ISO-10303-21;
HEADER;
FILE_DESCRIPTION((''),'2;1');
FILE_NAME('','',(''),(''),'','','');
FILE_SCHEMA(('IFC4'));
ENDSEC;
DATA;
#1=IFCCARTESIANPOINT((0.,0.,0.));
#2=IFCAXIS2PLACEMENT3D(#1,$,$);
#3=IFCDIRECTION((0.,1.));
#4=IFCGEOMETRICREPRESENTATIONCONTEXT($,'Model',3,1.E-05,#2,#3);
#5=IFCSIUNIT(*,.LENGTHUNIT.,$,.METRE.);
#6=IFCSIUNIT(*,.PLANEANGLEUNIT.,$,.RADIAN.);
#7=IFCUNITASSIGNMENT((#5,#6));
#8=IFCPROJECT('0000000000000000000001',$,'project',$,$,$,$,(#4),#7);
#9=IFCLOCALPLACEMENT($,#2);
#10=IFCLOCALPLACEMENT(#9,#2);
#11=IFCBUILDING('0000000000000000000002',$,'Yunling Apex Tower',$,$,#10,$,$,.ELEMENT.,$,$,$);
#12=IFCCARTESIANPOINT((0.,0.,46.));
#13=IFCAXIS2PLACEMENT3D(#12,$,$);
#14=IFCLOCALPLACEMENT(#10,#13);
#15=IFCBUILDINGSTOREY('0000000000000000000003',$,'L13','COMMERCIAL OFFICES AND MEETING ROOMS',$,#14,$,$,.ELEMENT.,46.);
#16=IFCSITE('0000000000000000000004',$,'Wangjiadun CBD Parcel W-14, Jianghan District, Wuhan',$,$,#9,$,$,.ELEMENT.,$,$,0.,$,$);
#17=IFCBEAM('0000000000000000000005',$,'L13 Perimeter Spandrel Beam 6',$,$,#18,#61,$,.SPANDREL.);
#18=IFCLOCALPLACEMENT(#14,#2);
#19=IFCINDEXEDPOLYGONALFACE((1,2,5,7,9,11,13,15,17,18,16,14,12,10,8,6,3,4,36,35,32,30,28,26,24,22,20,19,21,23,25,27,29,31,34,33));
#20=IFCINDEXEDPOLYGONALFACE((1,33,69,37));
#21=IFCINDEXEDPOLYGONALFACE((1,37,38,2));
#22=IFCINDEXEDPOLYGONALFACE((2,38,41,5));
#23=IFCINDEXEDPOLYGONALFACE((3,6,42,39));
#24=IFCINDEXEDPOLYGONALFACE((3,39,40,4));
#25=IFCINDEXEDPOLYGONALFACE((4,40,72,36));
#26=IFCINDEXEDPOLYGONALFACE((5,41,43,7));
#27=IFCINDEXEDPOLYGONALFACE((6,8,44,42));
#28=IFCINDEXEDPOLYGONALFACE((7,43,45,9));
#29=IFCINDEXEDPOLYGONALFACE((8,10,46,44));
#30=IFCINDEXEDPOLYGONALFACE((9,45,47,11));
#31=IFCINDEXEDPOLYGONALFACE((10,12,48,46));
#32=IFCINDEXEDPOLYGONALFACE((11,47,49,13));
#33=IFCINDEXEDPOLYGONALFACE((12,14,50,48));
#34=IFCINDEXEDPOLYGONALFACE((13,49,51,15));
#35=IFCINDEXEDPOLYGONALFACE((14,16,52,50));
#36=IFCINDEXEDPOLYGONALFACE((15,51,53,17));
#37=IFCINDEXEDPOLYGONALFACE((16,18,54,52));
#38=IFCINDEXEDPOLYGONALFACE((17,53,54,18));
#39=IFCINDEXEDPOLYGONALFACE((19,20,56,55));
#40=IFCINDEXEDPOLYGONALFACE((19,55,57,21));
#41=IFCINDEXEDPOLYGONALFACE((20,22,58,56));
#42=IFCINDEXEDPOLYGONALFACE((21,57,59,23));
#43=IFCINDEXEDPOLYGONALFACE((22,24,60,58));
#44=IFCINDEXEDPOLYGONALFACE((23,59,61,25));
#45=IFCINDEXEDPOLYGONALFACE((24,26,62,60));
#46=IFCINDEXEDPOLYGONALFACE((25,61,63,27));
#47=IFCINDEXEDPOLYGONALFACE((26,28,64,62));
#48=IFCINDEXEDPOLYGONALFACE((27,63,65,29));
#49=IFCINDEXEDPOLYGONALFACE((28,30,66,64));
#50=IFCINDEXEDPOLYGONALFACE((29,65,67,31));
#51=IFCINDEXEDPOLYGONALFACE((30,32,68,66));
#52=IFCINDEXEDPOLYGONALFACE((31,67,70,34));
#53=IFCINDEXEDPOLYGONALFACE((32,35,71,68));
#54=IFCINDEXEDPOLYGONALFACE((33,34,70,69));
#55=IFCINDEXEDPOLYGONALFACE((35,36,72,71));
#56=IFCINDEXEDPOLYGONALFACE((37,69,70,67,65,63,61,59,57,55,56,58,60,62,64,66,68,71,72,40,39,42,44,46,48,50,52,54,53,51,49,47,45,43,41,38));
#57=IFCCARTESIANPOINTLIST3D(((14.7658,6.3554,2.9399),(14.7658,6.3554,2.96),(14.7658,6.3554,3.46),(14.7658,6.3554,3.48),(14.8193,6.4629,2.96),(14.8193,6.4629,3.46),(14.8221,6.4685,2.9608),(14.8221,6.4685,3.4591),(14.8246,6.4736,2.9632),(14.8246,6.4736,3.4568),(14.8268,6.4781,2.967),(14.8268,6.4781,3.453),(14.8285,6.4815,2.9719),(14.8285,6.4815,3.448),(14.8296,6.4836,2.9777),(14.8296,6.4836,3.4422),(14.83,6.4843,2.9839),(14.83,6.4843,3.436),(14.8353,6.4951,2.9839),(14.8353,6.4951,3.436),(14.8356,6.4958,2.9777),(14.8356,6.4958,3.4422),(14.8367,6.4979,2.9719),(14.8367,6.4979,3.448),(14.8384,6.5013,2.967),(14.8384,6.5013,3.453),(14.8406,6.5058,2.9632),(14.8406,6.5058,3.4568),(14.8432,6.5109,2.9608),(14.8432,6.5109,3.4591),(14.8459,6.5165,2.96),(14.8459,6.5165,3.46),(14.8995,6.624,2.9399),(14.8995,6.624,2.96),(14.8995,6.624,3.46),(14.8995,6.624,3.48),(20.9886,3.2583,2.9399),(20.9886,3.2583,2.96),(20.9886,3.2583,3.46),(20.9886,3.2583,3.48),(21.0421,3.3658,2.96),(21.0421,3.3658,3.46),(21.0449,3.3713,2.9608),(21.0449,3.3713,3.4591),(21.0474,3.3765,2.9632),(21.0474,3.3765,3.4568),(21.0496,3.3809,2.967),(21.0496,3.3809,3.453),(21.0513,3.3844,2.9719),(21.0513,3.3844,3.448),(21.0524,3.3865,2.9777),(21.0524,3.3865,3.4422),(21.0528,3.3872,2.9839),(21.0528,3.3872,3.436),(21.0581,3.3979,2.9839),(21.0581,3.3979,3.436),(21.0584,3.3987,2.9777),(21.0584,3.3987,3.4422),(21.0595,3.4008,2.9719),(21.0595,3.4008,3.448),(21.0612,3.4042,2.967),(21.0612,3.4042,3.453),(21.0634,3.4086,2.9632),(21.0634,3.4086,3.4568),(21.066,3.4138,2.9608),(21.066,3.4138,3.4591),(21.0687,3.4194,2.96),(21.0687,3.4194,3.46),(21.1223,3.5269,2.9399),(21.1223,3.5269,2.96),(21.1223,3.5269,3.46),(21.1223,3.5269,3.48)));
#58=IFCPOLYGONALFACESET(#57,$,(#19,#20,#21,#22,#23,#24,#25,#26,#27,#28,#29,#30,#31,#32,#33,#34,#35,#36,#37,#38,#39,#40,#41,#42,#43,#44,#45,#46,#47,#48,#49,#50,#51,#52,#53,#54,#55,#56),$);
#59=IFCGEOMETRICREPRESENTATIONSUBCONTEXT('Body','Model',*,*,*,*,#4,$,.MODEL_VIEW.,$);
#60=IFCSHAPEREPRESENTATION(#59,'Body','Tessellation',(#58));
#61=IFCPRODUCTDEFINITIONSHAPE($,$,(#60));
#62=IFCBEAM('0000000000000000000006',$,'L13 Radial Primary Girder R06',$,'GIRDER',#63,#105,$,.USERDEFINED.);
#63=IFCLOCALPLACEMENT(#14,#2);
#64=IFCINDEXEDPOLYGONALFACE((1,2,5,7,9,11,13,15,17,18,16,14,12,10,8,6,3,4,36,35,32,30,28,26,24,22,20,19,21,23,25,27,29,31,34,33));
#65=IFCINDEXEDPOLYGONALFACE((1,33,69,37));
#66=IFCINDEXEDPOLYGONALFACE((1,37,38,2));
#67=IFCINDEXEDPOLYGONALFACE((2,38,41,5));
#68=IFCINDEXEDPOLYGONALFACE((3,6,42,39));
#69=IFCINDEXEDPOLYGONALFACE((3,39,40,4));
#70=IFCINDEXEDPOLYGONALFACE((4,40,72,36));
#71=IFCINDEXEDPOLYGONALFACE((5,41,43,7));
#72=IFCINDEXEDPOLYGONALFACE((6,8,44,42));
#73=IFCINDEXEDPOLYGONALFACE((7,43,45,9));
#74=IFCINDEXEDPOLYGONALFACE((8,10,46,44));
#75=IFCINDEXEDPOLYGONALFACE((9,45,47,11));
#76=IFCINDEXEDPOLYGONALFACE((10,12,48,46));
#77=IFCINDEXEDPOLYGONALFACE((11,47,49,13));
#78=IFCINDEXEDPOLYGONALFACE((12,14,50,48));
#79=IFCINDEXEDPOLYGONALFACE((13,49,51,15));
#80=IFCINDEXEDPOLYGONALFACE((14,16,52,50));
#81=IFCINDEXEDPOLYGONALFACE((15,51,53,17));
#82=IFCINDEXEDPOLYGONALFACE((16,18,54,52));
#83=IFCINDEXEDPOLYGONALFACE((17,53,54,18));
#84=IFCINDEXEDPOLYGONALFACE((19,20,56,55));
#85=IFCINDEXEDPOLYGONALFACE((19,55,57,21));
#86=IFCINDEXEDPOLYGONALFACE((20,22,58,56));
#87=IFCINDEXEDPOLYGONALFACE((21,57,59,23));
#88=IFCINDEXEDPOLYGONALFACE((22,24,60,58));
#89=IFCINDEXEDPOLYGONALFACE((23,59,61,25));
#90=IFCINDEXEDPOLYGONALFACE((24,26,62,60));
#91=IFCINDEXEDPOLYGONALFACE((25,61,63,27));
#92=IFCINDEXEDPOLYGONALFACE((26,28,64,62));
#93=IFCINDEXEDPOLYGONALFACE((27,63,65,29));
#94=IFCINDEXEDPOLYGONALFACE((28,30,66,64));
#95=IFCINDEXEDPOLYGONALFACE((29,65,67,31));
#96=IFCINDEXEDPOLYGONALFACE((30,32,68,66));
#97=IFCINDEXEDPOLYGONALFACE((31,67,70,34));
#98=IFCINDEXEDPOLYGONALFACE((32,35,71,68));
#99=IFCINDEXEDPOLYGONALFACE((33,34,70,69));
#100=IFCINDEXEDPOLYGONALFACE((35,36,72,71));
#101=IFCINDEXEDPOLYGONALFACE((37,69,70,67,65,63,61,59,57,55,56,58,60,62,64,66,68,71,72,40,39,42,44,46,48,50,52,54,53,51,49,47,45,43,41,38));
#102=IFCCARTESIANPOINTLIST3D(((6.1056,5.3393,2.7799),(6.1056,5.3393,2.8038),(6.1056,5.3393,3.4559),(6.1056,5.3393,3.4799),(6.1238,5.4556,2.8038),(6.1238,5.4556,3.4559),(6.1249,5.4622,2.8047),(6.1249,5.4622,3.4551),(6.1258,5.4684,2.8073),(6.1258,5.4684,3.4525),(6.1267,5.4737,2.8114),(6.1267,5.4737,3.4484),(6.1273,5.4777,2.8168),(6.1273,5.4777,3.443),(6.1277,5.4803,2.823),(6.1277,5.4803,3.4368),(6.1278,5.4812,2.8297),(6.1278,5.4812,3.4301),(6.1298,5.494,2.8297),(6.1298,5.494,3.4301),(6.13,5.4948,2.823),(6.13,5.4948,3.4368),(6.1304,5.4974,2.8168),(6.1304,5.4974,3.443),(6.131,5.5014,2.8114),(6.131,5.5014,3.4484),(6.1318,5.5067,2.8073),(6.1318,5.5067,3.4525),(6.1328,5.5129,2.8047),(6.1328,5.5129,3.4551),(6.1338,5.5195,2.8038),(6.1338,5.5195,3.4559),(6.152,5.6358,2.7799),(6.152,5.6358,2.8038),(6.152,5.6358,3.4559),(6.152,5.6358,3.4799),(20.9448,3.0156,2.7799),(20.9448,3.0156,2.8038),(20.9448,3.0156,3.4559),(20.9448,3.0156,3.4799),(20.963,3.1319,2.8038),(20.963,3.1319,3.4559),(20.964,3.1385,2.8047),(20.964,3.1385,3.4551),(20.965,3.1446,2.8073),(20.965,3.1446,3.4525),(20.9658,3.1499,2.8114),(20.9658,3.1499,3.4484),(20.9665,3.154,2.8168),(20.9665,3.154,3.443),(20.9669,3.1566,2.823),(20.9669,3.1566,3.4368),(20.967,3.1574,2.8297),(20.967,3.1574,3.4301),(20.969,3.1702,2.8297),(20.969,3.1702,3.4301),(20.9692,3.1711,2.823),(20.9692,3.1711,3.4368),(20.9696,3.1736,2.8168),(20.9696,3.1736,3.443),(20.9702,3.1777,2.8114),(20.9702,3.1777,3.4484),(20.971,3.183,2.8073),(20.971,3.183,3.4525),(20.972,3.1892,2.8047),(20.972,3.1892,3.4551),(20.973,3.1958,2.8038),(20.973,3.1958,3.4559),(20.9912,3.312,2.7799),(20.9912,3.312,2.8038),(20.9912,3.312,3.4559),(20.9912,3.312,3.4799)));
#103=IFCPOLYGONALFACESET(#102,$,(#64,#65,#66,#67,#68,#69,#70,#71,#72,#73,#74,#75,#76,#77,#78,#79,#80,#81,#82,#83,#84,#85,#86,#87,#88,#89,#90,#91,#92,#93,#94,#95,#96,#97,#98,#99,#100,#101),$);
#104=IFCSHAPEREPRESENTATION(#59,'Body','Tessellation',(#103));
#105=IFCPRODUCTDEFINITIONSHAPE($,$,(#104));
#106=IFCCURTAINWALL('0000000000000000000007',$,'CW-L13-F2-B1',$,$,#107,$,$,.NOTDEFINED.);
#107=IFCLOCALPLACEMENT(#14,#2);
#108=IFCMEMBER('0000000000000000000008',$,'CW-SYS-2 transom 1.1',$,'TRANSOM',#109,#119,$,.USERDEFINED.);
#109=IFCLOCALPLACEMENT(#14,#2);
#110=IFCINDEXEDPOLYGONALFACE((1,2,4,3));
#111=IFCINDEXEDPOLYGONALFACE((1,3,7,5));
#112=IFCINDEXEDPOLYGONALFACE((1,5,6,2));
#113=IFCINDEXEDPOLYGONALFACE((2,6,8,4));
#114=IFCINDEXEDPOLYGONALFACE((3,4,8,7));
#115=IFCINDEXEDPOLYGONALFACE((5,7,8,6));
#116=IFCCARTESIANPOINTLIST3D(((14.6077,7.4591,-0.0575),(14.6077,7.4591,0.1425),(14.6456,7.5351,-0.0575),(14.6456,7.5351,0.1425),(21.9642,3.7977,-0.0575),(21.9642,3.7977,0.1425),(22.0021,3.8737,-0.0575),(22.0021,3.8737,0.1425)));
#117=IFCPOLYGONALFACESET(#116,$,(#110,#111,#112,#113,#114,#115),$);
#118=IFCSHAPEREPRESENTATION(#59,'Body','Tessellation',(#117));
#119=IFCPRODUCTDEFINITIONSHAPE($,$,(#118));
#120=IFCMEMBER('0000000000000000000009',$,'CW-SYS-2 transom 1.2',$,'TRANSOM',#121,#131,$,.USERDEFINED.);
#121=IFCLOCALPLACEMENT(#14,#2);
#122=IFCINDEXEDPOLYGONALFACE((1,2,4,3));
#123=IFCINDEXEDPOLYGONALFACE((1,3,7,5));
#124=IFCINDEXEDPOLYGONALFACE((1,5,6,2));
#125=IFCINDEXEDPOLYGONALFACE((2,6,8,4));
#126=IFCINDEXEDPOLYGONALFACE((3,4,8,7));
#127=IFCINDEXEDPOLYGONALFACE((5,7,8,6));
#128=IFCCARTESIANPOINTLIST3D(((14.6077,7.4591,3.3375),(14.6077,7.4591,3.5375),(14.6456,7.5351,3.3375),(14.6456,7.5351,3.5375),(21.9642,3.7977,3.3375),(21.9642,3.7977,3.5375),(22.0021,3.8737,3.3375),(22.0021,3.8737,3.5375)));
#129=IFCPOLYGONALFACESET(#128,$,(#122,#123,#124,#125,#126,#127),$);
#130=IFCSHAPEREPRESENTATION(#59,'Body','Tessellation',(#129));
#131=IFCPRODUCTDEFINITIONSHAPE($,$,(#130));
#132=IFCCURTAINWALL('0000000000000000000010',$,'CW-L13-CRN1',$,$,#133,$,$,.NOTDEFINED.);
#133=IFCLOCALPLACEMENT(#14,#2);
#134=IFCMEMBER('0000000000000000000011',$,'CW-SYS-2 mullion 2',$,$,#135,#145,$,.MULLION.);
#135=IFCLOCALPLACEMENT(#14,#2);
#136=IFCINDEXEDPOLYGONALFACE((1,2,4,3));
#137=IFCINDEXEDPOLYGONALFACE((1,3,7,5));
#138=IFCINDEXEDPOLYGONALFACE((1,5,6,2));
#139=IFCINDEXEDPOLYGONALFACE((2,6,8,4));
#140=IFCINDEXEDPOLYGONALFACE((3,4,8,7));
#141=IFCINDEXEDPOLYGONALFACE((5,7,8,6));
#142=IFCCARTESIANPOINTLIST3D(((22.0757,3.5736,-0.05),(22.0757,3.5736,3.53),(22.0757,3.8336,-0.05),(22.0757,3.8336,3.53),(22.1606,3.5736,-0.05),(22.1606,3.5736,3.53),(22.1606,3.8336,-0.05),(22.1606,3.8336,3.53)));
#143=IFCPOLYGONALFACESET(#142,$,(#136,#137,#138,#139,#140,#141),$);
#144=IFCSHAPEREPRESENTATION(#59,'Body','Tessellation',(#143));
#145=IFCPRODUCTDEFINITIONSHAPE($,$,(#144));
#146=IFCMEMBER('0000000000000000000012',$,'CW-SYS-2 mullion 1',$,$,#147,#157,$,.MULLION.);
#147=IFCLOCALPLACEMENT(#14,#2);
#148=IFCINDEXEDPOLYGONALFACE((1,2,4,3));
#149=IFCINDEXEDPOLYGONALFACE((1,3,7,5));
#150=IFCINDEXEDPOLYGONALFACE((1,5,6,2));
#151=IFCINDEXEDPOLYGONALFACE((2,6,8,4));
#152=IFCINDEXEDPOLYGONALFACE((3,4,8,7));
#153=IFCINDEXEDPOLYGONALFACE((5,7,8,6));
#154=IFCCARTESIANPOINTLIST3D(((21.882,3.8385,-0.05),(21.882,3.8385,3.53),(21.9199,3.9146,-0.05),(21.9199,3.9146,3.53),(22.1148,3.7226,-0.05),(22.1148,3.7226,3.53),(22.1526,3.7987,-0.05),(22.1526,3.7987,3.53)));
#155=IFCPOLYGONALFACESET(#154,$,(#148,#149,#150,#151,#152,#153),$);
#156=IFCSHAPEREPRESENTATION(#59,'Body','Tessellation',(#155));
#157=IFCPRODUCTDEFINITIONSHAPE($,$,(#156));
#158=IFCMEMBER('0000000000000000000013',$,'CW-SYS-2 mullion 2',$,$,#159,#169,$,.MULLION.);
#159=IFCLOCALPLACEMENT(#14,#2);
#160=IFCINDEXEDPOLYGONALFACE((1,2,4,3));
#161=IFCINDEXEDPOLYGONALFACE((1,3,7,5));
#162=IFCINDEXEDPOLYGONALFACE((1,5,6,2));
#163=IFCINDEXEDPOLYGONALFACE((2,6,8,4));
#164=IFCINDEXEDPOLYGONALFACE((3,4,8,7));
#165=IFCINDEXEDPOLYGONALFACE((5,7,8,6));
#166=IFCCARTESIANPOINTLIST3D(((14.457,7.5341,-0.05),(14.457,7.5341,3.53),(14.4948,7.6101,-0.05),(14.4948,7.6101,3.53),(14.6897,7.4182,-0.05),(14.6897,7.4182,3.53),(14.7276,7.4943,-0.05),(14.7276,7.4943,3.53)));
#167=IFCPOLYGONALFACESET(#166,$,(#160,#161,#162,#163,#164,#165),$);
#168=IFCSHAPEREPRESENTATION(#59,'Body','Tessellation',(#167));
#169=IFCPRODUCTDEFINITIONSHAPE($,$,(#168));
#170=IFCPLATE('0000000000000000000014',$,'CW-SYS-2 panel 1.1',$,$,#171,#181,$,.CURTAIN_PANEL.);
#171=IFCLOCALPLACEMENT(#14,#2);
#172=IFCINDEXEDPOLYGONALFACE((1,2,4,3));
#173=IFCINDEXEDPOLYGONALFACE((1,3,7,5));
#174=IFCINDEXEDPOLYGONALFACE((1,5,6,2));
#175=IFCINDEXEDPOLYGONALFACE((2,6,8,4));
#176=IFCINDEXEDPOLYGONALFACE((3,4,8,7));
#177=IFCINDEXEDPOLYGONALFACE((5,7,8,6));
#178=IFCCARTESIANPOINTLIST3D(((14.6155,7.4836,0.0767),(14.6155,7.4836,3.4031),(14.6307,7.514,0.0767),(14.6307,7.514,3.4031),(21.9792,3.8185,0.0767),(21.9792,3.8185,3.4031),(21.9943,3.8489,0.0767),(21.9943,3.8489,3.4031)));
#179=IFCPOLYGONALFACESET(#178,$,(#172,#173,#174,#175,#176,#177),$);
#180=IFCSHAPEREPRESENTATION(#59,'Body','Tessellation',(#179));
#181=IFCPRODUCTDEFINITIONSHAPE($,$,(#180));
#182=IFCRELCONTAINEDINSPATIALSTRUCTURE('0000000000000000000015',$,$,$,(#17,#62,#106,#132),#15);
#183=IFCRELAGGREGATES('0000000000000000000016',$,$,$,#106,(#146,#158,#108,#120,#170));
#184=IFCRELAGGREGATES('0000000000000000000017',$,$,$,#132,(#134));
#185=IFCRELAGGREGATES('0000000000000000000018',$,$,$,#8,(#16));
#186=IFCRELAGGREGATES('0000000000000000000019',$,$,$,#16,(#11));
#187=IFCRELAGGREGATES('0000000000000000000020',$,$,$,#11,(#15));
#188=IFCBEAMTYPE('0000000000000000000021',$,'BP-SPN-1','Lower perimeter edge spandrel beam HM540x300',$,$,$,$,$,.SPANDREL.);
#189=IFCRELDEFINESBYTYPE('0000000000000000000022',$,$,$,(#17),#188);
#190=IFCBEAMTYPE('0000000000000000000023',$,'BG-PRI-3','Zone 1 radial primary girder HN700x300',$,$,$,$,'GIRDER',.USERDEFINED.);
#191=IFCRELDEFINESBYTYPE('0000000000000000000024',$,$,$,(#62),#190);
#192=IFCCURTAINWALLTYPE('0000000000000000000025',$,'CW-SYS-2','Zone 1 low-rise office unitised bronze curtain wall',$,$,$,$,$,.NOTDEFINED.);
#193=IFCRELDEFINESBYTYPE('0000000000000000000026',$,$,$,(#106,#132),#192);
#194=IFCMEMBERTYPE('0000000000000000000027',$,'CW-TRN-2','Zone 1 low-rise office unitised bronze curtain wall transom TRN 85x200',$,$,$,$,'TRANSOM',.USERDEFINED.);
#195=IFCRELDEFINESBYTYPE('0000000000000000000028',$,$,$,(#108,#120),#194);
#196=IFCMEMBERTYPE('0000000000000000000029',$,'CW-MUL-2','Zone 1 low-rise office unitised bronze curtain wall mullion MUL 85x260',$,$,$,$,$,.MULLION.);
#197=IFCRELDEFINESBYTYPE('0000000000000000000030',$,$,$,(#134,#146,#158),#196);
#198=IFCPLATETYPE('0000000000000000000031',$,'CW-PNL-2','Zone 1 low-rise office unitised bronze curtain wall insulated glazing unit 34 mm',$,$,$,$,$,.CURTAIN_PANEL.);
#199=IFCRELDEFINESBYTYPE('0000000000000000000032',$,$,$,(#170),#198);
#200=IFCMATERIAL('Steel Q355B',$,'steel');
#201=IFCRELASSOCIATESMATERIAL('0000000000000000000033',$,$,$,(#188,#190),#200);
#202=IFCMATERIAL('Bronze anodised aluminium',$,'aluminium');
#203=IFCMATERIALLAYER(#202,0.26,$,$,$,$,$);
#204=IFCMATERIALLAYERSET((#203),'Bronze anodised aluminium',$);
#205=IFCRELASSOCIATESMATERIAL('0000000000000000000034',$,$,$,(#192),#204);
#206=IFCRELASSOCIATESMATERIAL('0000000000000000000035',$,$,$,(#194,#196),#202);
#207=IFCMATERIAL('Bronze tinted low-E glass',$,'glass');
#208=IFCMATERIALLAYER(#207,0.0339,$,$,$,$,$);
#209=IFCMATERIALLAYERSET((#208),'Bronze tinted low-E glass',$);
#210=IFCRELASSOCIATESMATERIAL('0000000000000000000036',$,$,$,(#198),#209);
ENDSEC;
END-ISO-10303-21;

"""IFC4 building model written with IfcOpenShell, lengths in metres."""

from ifc_helpers import new_model, si_unit, direction, frame, origin, origin_2d, place, context, subcontext, project, spatial, rectangle, i_section, extrude, source, transform, mapped, material, layer, layer_set, material_profile, profile_set, type_object, element, aggregate, save


model = new_model("IFC4")

# Units and contexts
model_context = context("Model", 3, precision=1e-05, world=origin(), true_north=direction((0.0, 1.0)))
body_context = subcontext(model_context, "Body", "Model", "MODEL_VIEW")
ifc_project = project(units=[si_unit("LENGTHUNIT", "METRE"), si_unit("PLANEANGLEUNIT", "RADIAN")], contexts=[model_context])

# Site, building, storey
site_placement = place(None, origin())
site = spatial("IfcSite", under=ifc_project, at=site_placement, Name="Wangjiadun CBD Parcel W-14, Jianghan District, Wuhan", CompositionType="ELEMENT", RefElevation=0.0)
building_placement = place(site_placement, origin())
building = spatial("IfcBuilding", under=site, at=building_placement, Name="Yunling Apex Tower", CompositionType="ELEMENT")
storey_placement = place(building_placement, frame((0.0, 0.0, 46.0)))
storey = spatial("IfcBuildingStorey", under=building, at=storey_placement, Name="L13", Description="COMMERCIAL OFFICES AND MEETING ROOMS", CompositionType="ELEMENT", Elevation=46.0)

# Beams
ifc_material_1 = material(Name="Steel Q355B", Category="steel")
ifc_material_profile_1 = material_profile(ifc_material_1, i_section(OverallWidth=0.3, OverallDepth=0.54, WebThickness=0.012, FlangeThickness=0.02, FilletRadius=0.0239, at=origin_2d()))
ifc_profile_set_1 = profile_set([ifc_material_profile_1], Name="Steel Q355B")
beam_type_1 = type_object("IfcBeamType", Name="BP-SPN-1", Description="Lower perimeter edge spandrel beam HM540x300", PredefinedType="SPANDREL", material=ifc_profile_set_1)
shared_shape_1 = source(origin(), body_context, "Body", "SweptSolid", [
    extrude(i_section(OverallWidth=0.3, OverallDepth=0.54, WebThickness=0.012, FlangeThickness=0.02, FilletRadius=0.0239, at=origin_2d()), origin(), (0.0, 0.0, 1.0), 6.9509),
])
beam_1_placement = place(storey_placement, frame((21.0554, 3.3926, 3.21), z_axis=(-0.895248, 0.445569, 0.0), x_axis=(-0.445569, -0.895248, 0.0)))
element("IfcBeam", 1, at=beam_1_placement, inside=storey, type_object=beam_type_1, Name="L13 Perimeter Spandrel Beam 6", PredefinedType="SPANDREL", context=body_context, shape_type="MappedRepresentation", body=[
    mapped(shared_shape_1, transform((0.0, 0.0, 0.0), scale=1.0)),
])
ifc_material_profile_2 = material_profile(ifc_material_1, i_section(OverallWidth=0.3, OverallDepth=0.7, WebThickness=0.0129, FlangeThickness=0.0239, FilletRadius=0.0259, at=origin_2d()))
ifc_profile_set_2 = profile_set([ifc_material_profile_2], Name="Steel Q355B")
beam_type_2 = type_object("IfcBeamType", Name="BG-PRI-3", Description="Zone 1 radial primary girder HN700x300", ElementType="GIRDER", PredefinedType="USERDEFINED", material=ifc_profile_set_2)
shared_shape_2 = source(origin(), body_context, "Body", "SweptSolid", [
    extrude(i_section(OverallWidth=0.3, OverallDepth=0.7, WebThickness=0.0129, FlangeThickness=0.0239, FilletRadius=0.0259, at=origin_2d()), origin(), (0.0, 0.0, 1.0), 15.02),
])
beam_2_placement = place(storey_placement, frame((20.968, 3.1638, 3.1299), z_axis=(-0.98796, 0.15471, 0.0), x_axis=(-0.15471, -0.98796, 0.0)))
element("IfcBeam", 2, at=beam_2_placement, inside=storey, type_object=beam_type_2, Name="L13 Radial Primary Girder R06", ObjectType="GIRDER", PredefinedType="USERDEFINED", context=body_context, shape_type="MappedRepresentation", body=[
    mapped(shared_shape_2, transform((0.0, 0.0, 0.0), scale=1.0)),
])

# Curtain wall, members
ifc_material_2 = material(Name="Bronze anodised aluminium", Category="aluminium")
ifc_layer_1 = layer(ifc_material_2, 0.26)
ifc_layer_set_1 = layer_set([ifc_layer_1], Name="Bronze anodised aluminium")
curtain_wall_type = type_object("IfcCurtainWallType", Name="CW-SYS-2", Description="Zone 1 low-rise office unitised bronze curtain wall", PredefinedType="NOTDEFINED", material=ifc_layer_set_1)
curtain_wall_1_placement = place(storey_placement, origin())
curtain_wall_1 = element("IfcCurtainWall", 3, at=curtain_wall_1_placement, inside=storey, type_object=curtain_wall_type, Name="CW-L13-F2-B1", PredefinedType="NOTDEFINED")
ifc_material_profile_3 = material_profile(ifc_material_2, rectangle(XDim=0.085, YDim=0.2, at=origin_2d()))
ifc_profile_set_3 = profile_set([ifc_material_profile_3], Name="Bronze anodised aluminium")
member_type_1 = type_object("IfcMemberType", Name="CW-TRN-2", Description="Zone 1 low-rise office unitised bronze curtain wall transom TRN 85x200", ElementType="TRANSOM", PredefinedType="USERDEFINED", material=ifc_profile_set_3)
shared_shape_3 = source(origin(), body_context, "Body", "SweptSolid", [
    extrude(rectangle(XDim=0.085, YDim=0.2, at=origin_2d()), origin(), (0.0, 0.0, 1.0), 8.2173),
])
member_1_placement = place(storey_placement, frame((21.9832, 3.8357, 0.0425), z_axis=(-0.895246, 0.445573, 0.0), x_axis=(-0.445573, -0.895246, 0.0)))
member_1 = element("IfcMember", 4, at=member_1_placement, type_object=member_type_1, Name="CW-SYS-2 transom 1.1", ObjectType="TRANSOM", PredefinedType="USERDEFINED", context=body_context, shape_type="MappedRepresentation", body=[
    mapped(shared_shape_3, transform((0.0, 0.0, 0.0), scale=1.0)),
])
member_2_placement = place(storey_placement, frame((21.9832, 3.8357, 3.4375), z_axis=(-0.895246, 0.445573, 0.0), x_axis=(-0.445573, -0.895246, 0.0)))
member_2 = element("IfcMember", 5, at=member_2_placement, type_object=member_type_1, Name="CW-SYS-2 transom 1.2", ObjectType="TRANSOM", PredefinedType="USERDEFINED", context=body_context, shape_type="MappedRepresentation", body=[
    mapped(shared_shape_3, transform((0.0, 0.0, 0.0), scale=1.0)),
])

# Curtain wall, member
curtain_wall_2_placement = place(storey_placement, origin())
curtain_wall_2 = element("IfcCurtainWall", 6, at=curtain_wall_2_placement, inside=storey, type_object=curtain_wall_type, Name="CW-L13-CRN1", PredefinedType="NOTDEFINED")
ifc_material_profile_4 = material_profile(ifc_material_2, rectangle(XDim=0.085, YDim=0.26, at=origin_2d()))
ifc_profile_set_4 = profile_set([ifc_material_profile_4], Name="Bronze anodised aluminium")
member_type_2 = type_object("IfcMemberType", Name="CW-MUL-2", Description="Zone 1 low-rise office unitised bronze curtain wall mullion MUL 85x260", PredefinedType="MULLION", material=ifc_profile_set_4)
shared_shape_4 = source(origin(), body_context, "Body", "SweptSolid", [
    extrude(rectangle(XDim=0.085, YDim=0.26, at=origin_2d()), origin(), (0.0, 0.0, 1.0), 3.5801),
])
member_3_placement = place(storey_placement, frame((22.1182, 3.7036, -0.05), z_axis=(0.0, 0.0, 1.0), x_axis=(-1.0, 0.0, 0.0)))
member_3 = element("IfcMember", 7, at=member_3_placement, type_object=member_type_2, Name="CW-SYS-2 mullion 2", PredefinedType="MULLION", context=body_context, shape_type="MappedRepresentation", body=[
    mapped(shared_shape_4, transform((0.0, 0.0, 0.0), scale=1.0)),
])

# Members
member_4_placement = place(storey_placement, frame((22.0173, 3.8186, -0.05), z_axis=(0.0, 0.0, 1.0), x_axis=(-0.44558, -0.895242, 0.0)))
member_4 = element("IfcMember", 8, at=member_4_placement, type_object=member_type_2, Name="CW-SYS-2 mullion 1", PredefinedType="MULLION", context=body_context, shape_type="MappedRepresentation", body=[
    mapped(shared_shape_4, transform((0.0, 0.0, 0.0), scale=1.0)),
])
member_5_placement = place(storey_placement, frame((14.5923, 7.5142, -0.05), z_axis=(0.0, 0.0, 1.0), x_axis=(-0.44558, -0.895242, 0.0)))
member_5 = element("IfcMember", 9, at=member_5_placement, type_object=member_type_2, Name="CW-SYS-2 mullion 2", PredefinedType="MULLION", context=body_context, shape_type="MappedRepresentation", body=[
    mapped(shared_shape_4, transform((0.0, 0.0, 0.0), scale=1.0)),
])

# Plate
ifc_material_3 = material(Name="Bronze tinted low-E glass", Category="glass")
ifc_layer_2 = layer(ifc_material_3, 0.0339)
ifc_layer_set_2 = layer_set([ifc_layer_2], Name="Bronze tinted low-E glass")
plate_type = type_object("IfcPlateType", Name="CW-PNL-2", Description="Zone 1 low-rise office unitised bronze curtain wall insulated glazing unit 34 mm", PredefinedType="CURTAIN_PANEL", material=ifc_layer_set_2)
shared_shape_5 = source(origin(), body_context, "Body", "SweptSolid", [
    extrude(rectangle(XDim=8.2253, YDim=0.0339, at=origin_2d()), origin(), (0.0, 0.0, 1.0), 3.3264),
])
plate_1_placement = place(storey_placement, frame((18.3049, 5.6663, 0.0767), z_axis=(0.0, 0.0, 1.0), x_axis=(-0.895242, 0.44558, 0.0)))
plate_1 = element("IfcPlate", 10, at=plate_1_placement, type_object=plate_type, Name="CW-SYS-2 panel 1.1", PredefinedType="CURTAIN_PANEL", context=body_context, shape_type="MappedRepresentation", body=[
    mapped(shared_shape_5, transform((0.0, 0.0, 0.0), scale=1.0)),
])
aggregate(curtain_wall_1, [member_4, member_5, member_1, member_2, plate_1])
aggregate(curtain_wall_2, [member_3])

save(model, "model.ifc")
